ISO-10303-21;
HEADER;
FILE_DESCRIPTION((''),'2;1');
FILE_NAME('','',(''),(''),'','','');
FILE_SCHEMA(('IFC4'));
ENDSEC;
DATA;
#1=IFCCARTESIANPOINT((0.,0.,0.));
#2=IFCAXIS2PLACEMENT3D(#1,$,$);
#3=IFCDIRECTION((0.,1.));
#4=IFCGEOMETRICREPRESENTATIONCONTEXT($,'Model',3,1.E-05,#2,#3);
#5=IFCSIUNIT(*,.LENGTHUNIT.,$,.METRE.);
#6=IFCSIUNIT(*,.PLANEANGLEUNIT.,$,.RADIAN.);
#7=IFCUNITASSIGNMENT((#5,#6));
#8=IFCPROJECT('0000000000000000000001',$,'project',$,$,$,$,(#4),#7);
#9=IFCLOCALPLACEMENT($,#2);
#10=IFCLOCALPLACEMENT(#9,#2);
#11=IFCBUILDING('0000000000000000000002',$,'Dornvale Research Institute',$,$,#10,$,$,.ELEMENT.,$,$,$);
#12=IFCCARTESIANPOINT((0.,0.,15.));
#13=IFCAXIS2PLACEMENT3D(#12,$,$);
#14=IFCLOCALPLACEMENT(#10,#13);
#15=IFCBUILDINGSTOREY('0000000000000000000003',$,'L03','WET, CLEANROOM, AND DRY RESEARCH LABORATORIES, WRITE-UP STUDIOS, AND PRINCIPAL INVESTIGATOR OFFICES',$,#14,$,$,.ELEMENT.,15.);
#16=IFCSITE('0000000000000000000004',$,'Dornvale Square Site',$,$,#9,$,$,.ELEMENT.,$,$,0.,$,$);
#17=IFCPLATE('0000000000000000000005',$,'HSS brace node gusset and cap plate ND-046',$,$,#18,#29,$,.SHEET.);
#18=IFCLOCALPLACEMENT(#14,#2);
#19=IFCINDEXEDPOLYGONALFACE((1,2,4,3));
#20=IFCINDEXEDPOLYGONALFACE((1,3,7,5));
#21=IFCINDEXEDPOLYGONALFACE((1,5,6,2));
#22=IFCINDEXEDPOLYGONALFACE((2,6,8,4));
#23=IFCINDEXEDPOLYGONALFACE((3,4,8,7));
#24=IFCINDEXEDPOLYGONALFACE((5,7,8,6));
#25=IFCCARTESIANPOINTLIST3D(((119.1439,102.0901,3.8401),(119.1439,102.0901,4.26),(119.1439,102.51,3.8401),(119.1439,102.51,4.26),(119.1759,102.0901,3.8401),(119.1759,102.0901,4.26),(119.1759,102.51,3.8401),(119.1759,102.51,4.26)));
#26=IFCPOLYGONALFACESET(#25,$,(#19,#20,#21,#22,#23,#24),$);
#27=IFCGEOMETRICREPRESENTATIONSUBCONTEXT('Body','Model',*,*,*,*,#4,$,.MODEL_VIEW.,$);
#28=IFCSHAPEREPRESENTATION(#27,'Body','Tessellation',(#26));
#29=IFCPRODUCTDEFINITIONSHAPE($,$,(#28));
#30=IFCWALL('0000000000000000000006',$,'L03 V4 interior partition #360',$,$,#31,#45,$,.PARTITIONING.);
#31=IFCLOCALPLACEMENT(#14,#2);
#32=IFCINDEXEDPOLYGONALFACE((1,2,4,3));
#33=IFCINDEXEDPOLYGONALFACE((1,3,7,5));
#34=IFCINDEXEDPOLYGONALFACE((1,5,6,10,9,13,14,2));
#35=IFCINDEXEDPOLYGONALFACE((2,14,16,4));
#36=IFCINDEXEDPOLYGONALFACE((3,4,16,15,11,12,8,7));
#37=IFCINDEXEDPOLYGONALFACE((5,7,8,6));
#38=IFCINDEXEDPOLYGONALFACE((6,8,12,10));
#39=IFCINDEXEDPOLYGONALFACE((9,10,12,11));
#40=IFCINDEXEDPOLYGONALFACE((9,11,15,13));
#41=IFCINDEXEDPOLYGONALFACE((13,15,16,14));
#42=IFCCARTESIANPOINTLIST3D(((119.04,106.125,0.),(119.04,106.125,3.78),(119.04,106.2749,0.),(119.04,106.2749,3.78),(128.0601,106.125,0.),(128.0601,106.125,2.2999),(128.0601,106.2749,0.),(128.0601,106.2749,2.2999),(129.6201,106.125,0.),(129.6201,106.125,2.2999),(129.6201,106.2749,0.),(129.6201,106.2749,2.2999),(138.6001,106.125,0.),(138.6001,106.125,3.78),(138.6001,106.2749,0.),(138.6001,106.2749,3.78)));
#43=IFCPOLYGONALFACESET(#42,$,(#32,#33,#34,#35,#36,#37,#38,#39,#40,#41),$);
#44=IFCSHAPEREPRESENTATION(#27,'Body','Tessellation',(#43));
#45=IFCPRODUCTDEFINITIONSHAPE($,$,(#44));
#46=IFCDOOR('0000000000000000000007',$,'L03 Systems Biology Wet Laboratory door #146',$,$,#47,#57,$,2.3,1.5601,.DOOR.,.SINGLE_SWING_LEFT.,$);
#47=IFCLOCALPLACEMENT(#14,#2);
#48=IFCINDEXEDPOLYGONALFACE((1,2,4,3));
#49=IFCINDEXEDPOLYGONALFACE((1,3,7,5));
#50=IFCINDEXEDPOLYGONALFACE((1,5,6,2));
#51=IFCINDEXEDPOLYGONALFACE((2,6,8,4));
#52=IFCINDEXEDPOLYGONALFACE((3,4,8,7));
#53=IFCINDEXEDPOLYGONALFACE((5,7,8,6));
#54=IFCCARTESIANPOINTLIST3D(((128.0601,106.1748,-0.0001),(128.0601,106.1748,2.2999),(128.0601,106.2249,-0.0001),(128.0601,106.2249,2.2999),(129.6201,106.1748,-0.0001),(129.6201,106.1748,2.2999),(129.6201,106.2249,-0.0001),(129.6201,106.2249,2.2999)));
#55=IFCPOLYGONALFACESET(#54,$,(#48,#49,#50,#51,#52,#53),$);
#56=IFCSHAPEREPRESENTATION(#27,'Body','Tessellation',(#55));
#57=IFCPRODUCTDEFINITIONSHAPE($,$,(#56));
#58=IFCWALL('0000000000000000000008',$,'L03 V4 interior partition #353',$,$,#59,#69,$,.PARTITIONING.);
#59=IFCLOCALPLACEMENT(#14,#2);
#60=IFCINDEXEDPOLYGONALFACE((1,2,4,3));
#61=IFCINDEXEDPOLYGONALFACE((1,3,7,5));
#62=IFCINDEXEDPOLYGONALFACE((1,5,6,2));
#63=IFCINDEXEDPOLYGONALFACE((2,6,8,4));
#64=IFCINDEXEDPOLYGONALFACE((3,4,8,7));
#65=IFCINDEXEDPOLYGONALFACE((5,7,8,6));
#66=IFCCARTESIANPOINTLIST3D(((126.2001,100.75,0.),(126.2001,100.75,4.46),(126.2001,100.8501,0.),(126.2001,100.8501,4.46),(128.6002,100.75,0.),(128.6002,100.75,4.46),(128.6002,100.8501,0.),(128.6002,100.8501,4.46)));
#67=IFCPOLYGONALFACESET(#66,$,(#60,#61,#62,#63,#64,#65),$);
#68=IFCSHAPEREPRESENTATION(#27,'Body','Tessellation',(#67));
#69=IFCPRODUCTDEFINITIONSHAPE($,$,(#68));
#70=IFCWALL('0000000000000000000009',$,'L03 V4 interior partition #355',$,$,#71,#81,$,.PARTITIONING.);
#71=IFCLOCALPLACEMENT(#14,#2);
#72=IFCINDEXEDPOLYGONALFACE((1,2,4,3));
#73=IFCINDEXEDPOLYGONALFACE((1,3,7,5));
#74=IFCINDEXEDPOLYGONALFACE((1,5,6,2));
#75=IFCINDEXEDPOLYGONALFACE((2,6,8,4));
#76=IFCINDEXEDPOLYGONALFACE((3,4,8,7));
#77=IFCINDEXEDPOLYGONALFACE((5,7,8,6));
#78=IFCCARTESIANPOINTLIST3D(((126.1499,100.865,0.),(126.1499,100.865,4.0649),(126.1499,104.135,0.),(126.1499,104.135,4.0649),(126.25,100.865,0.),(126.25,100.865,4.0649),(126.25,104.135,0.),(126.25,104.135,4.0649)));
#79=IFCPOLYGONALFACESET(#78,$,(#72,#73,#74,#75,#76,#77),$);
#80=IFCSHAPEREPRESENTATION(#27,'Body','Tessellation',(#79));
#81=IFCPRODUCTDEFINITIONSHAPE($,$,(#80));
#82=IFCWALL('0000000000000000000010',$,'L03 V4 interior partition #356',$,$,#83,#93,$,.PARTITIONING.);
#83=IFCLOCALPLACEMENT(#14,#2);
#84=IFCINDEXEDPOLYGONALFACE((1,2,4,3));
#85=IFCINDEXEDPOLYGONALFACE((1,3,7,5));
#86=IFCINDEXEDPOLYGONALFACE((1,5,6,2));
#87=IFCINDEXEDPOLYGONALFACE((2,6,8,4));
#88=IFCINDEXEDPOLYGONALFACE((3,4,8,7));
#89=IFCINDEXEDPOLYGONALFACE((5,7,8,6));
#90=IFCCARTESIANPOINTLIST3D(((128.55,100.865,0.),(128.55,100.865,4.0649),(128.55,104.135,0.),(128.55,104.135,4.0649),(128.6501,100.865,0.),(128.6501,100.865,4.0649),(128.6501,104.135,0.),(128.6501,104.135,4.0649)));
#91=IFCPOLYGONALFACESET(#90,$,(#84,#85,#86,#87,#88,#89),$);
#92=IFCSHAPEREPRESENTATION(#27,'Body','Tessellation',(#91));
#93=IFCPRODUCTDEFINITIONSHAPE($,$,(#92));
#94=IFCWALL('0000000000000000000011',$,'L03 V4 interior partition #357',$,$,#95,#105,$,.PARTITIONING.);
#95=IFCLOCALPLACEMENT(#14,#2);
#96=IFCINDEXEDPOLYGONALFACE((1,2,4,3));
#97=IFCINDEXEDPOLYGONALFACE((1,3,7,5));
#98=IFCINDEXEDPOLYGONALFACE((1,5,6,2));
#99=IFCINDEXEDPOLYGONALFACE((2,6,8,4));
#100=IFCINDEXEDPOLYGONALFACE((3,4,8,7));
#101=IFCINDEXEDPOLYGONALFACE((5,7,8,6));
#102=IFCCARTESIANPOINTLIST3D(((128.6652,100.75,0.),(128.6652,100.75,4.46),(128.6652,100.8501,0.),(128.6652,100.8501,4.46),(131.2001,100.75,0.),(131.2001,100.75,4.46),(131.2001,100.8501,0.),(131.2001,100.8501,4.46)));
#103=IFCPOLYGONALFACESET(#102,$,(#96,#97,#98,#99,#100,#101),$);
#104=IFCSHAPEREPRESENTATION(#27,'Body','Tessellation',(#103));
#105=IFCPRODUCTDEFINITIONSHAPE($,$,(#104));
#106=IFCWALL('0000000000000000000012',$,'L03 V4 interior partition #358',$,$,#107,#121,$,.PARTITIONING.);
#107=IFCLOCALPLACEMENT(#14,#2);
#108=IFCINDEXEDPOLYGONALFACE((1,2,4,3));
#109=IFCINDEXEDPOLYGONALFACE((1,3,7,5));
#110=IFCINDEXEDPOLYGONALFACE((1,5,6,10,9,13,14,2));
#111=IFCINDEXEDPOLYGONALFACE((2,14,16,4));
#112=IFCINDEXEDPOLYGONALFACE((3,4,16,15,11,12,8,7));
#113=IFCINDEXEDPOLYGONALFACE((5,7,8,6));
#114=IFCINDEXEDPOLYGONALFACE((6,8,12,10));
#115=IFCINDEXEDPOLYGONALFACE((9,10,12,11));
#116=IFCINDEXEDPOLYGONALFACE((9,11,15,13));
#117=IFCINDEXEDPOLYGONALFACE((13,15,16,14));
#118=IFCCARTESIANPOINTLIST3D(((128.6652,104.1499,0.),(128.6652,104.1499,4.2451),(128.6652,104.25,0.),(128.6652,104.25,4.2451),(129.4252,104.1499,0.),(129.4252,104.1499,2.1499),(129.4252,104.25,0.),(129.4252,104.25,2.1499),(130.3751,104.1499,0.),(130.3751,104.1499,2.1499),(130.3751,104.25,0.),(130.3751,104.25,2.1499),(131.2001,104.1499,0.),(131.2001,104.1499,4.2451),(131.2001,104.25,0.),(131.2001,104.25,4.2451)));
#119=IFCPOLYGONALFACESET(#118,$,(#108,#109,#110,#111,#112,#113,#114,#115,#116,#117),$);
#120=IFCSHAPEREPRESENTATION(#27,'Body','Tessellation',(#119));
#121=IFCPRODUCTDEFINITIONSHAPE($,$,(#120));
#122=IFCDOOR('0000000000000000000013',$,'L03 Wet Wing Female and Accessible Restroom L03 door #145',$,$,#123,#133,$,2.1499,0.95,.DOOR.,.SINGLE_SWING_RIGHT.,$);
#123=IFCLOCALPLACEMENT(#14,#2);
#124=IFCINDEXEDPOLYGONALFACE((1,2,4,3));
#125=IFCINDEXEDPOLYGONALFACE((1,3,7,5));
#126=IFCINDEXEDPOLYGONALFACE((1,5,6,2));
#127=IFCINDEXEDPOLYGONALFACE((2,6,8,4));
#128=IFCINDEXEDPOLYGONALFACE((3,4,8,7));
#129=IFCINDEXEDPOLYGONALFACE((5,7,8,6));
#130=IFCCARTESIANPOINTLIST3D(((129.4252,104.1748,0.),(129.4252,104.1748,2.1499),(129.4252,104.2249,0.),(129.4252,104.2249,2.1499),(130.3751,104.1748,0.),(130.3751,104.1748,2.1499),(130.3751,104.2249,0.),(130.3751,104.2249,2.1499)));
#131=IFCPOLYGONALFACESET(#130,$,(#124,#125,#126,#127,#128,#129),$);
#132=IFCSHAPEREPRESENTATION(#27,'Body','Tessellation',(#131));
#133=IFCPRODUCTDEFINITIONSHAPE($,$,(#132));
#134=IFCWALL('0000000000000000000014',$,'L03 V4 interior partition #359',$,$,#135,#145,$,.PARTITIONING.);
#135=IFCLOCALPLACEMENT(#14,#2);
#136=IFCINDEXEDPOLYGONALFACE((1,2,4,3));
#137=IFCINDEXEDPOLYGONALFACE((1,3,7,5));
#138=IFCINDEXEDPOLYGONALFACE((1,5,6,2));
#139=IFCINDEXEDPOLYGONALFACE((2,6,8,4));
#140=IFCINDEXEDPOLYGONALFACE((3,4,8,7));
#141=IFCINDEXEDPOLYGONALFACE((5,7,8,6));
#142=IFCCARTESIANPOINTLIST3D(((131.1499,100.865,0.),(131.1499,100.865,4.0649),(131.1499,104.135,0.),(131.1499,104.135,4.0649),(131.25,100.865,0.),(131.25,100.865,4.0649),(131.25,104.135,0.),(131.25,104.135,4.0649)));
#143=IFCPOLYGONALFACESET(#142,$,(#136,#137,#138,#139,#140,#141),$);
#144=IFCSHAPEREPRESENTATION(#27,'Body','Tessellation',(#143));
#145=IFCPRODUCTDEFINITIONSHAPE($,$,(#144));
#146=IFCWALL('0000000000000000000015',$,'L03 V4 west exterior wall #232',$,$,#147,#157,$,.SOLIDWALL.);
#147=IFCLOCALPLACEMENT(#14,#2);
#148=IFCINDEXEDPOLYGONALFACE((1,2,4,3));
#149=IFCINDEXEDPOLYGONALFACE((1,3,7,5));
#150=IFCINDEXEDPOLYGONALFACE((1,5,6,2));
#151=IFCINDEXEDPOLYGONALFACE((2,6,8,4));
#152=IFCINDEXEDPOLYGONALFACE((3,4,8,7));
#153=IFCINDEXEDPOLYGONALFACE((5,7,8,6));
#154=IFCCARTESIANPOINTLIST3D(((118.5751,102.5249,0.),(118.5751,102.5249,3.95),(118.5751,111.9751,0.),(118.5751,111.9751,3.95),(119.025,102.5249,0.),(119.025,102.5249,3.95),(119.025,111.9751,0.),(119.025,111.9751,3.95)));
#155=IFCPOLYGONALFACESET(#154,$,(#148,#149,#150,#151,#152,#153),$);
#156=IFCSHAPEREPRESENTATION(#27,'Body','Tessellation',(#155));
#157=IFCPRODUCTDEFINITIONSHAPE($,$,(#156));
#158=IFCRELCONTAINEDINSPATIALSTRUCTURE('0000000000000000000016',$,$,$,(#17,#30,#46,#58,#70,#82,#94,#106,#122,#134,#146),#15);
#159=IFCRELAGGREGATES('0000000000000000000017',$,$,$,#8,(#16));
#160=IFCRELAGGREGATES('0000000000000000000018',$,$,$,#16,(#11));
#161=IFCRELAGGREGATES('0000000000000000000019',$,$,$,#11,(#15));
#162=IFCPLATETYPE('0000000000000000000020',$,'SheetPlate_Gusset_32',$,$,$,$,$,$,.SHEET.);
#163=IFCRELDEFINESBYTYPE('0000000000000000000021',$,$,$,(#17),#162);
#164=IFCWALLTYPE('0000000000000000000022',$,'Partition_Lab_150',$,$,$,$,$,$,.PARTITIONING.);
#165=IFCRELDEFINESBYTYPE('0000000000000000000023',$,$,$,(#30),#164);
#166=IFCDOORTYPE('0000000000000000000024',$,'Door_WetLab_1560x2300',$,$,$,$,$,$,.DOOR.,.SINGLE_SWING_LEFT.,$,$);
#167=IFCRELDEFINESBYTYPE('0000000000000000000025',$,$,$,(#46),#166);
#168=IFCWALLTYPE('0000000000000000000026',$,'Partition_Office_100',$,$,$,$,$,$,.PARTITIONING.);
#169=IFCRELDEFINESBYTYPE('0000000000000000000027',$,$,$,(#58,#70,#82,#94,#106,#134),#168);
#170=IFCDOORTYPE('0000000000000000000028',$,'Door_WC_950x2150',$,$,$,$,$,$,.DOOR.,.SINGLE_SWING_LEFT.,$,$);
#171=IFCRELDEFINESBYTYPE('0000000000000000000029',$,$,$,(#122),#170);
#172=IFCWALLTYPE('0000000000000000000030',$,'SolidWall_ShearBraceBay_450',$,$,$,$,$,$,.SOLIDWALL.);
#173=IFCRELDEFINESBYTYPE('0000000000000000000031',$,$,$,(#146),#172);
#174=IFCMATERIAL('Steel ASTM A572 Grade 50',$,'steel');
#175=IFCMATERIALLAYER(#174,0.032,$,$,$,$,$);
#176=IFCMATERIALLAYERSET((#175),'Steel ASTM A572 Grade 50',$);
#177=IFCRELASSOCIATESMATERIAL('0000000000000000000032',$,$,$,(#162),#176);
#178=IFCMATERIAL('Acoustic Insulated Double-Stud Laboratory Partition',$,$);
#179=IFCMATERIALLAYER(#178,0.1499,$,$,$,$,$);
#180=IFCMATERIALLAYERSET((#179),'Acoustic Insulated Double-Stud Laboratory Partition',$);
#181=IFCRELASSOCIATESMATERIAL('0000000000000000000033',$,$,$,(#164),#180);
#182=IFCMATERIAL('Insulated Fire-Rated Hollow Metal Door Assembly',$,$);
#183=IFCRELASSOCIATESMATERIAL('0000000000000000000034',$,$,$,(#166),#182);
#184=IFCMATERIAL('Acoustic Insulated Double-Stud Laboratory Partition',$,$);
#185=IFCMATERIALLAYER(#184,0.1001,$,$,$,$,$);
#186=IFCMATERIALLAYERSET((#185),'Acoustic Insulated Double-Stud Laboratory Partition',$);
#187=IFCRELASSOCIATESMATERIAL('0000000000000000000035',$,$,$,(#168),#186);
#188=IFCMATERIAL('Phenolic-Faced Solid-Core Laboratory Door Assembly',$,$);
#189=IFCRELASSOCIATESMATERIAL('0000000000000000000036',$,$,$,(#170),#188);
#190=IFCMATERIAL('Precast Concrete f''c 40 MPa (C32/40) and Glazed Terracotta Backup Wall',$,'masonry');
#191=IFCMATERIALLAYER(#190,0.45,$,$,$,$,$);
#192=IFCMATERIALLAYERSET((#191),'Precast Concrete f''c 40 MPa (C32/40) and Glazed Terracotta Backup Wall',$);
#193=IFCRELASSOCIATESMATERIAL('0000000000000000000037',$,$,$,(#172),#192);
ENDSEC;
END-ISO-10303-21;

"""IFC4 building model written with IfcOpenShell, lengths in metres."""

from ifc_helpers import new_model, si_unit, direction, frame, frame_2d, origin, origin_2d, place, context, subcontext, project, spatial, rectangle, extrude, material, layer, layer_set, type_object, element, fill, save


model = new_model("IFC4")

# Units and contexts
model_context = context("Model", 3, precision=1e-05, world=origin(), true_north=direction((0.0, 1.0)))
body_context = subcontext(model_context, "Body", "Model", "MODEL_VIEW")
ifc_project = project(units=[si_unit("LENGTHUNIT", "METRE"), si_unit("PLANEANGLEUNIT", "RADIAN")], contexts=[model_context])

# Site, building, storey
site_placement = place(None, origin())
site = spatial("IfcSite", under=ifc_project, at=site_placement, Name="Dornvale Square Site", CompositionType="ELEMENT", RefElevation=0.0)
building_placement = place(site_placement, origin())
building = spatial("IfcBuilding", under=site, at=building_placement, Name="Dornvale Research Institute", CompositionType="ELEMENT")
storey_placement = place(building_placement, frame((0.0, 0.0, 15.0)))
storey = spatial("IfcBuildingStorey", under=building, at=storey_placement, Name="L03", Description="WET, CLEANROOM, AND DRY RESEARCH LABORATORIES, WRITE-UP STUDIOS, AND PRINCIPAL INVESTIGATOR OFFICES", CompositionType="ELEMENT", Elevation=15.0)

# Plate
ifc_material_1 = material(Name="Steel ASTM A572 Grade 50", Category="steel")
ifc_layer_1 = layer(ifc_material_1, 0.032)
ifc_layer_set_1 = layer_set([ifc_layer_1], Name="Steel ASTM A572 Grade 50")
plate_type = type_object("IfcPlateType", Name="SheetPlate_Gusset_32", PredefinedType="SHEET", material=ifc_layer_set_1)
plate_placement = place(storey_placement, frame((119.1599, 102.3, 3.8401), z_axis=(0.0, 0.0, 1.0), x_axis=(0.0, 1.0, 0.0)))
element("IfcPlate", 1, at=plate_placement, inside=storey, type_object=plate_type, Name="HSS brace node gusset and cap plate ND-046", PredefinedType="SHEET", context=body_context, shape_type="SweptSolid", body=[
    extrude(rectangle(XDim=0.4199, YDim=0.032, at=origin_2d()), origin(), (0.0, 0.0, 1.0), 0.4199),
])

# Wall, opening, door
ifc_material_2 = material(Name="Acoustic Insulated Double-Stud Laboratory Partition")
ifc_layer_2 = layer(ifc_material_2, 0.1499)
ifc_layer_set_2 = layer_set([ifc_layer_2], Name="Acoustic Insulated Double-Stud Laboratory Partition")
wall_type_1 = type_object("IfcWallType", Name="Partition_Lab_150", PredefinedType="PARTITIONING", material=ifc_layer_set_2)
wall_1_placement = place(storey_placement, frame((119.04, 106.2, 0.0), z_axis=(0.0, 0.0, 1.0), x_axis=(1.0, 0.0, 0.0)))
wall_1 = element("IfcWall", 2, at=wall_1_placement, inside=storey, type_object=wall_type_1, Name="L03 V4 interior partition #360", PredefinedType="PARTITIONING", context=body_context, shape_type="SweptSolid", body=[
    extrude(rectangle(XDim=19.5601, YDim=0.1499, at=frame_2d((9.78, 0.0))), origin(), (0.0, 0.0, 1.0), 3.78),
])
opening_1_placement = place(wall_1_placement, frame((9.02, 0.0, 0.0)))
opening_1 = element("IfcOpeningElement", 3, at=opening_1_placement, cuts=wall_1, PredefinedType="OPENING", context=body_context, shape_type="SweptSolid", body=[
    extrude(rectangle(XDim=1.5601, YDim=2.3, at=frame_2d((0.78, 1.1499))), frame((0.0, 0.0898, 0.0), z_axis=(0.0, -1.0, 0.0), x_axis=(1.0, 0.0, 0.0)), (0.0, 0.0, 1.0), 0.1799),
])
ifc_material_3 = material(Name="Insulated Fire-Rated Hollow Metal Door Assembly")
door_type_1 = type_object("IfcDoorType", Name="Door_WetLab_1560x2300", OperationType="SINGLE_SWING_LEFT", PredefinedType="DOOR", material=ifc_material_3)
door_1_placement = place(opening_1_placement, origin())
door_1 = element("IfcDoor", 4, at=door_1_placement, inside=storey, type_object=door_type_1, Name="L03 Systems Biology Wet Laboratory door #146", OperationType="SINGLE_SWING_LEFT", OverallHeight=2.3, OverallWidth=1.5601, PredefinedType="DOOR", context=body_context, shape_type="SweptSolid", body=[
    extrude(rectangle(XDim=1.5601, YDim=2.3, at=frame_2d((0.78, 1.1499))), frame((0.0, 0.0249, 0.0), z_axis=(0.0, -1.0, 0.0), x_axis=(1.0, 0.0, 0.0)), (0.0, 0.0, 1.0), 0.05),
])
fill(opening_1, door_1)

# Wall
ifc_material_4 = material(Name="Acoustic Insulated Double-Stud Laboratory Partition")
ifc_layer_3 = layer(ifc_material_4, 0.1001)
ifc_layer_set_3 = layer_set([ifc_layer_3], Name="Acoustic Insulated Double-Stud Laboratory Partition")
wall_type_2 = type_object("IfcWallType", Name="Partition_Office_100", PredefinedType="PARTITIONING", material=ifc_layer_set_3)
wall_2_placement = place(storey_placement, frame((126.2, 100.8, 0.0), z_axis=(0.0, 0.0, 1.0), x_axis=(1.0, 0.0, 0.0)))
element("IfcWall", 5, at=wall_2_placement, inside=storey, type_object=wall_type_2, Name="L03 V4 interior partition #353", PredefinedType="PARTITIONING", context=body_context, shape_type="SweptSolid", body=[
    extrude(rectangle(XDim=2.4001, YDim=0.1001, at=frame_2d((1.2002, 0.0))), origin(), (0.0, 0.0, 1.0), 4.46),
])

# Walls
for number, where, z_axis, x_axis, name in (
    (6, (126.2, 100.865, 0.0), (0.0, 0.0, 1.0), (0.0, 1.0, 0.0), "L03 V4 interior partition #355"),
    (7, (128.6001, 100.865, 0.0), (0.0, 0.0, 1.0), (0.0, 1.0, 0.0), "L03 V4 interior partition #356"),
):
    element("IfcWall", number, at=place(storey_placement, frame(where, z_axis=z_axis, x_axis=x_axis)), inside=storey, type_object=wall_type_2, Name=name, PredefinedType="PARTITIONING", context=body_context, shape_type="SweptSolid", body=[
        extrude(rectangle(XDim=3.27, YDim=0.1001, at=frame_2d((1.635, 0.0))), origin(), (0.0, 0.0, 1.0), 4.0649),
    ])
wall_3_placement = place(storey_placement, frame((128.665, 100.8, 0.0), z_axis=(0.0, 0.0, 1.0), x_axis=(1.0, 0.0, 0.0)))
element("IfcWall", 8, at=wall_3_placement, inside=storey, type_object=wall_type_2, Name="L03 V4 interior partition #357", PredefinedType="PARTITIONING", context=body_context, shape_type="SweptSolid", body=[
    extrude(rectangle(XDim=2.5349, YDim=0.1001, at=frame_2d((1.2676, 0.0))), origin(), (0.0, 0.0, 1.0), 4.46),
])

# Wall, opening, door
wall_4_placement = place(storey_placement, frame((128.665, 104.2, 0.0), z_axis=(0.0, 0.0, 1.0), x_axis=(1.0, 0.0, 0.0)))
wall_4 = element("IfcWall", 9, at=wall_4_placement, inside=storey, type_object=wall_type_2, Name="L03 V4 interior partition #358", PredefinedType="PARTITIONING", context=body_context, shape_type="SweptSolid", body=[
    extrude(rectangle(XDim=2.5349, YDim=0.1001, at=frame_2d((1.2676, 0.0))), origin(), (0.0, 0.0, 1.0), 4.2451),
])
opening_2_placement = place(wall_4_placement, frame((0.76, 0.0, 0.0)))
opening_2 = element("IfcOpeningElement", 10, at=opening_2_placement, cuts=wall_4, PredefinedType="OPENING", context=body_context, shape_type="SweptSolid", body=[
    extrude(rectangle(XDim=0.95, YDim=2.1499, at=frame_2d((0.4751, 1.075))), frame((0.0, 0.0649, 0.0), z_axis=(0.0, -1.0, 0.0), x_axis=(1.0, 0.0, 0.0)), (0.0, 0.0, 1.0), 0.1301),
])
ifc_material_5 = material(Name="Phenolic-Faced Solid-Core Laboratory Door Assembly")
door_type_2 = type_object("IfcDoorType", Name="Door_WC_950x2150", OperationType="SINGLE_SWING_LEFT", PredefinedType="DOOR", material=ifc_material_5)
door_2_placement = place(opening_2_placement, origin())
door_2 = element("IfcDoor", 11, at=door_2_placement, inside=storey, type_object=door_type_2, Name="L03 Wet Wing Female and Accessible Restroom L03 door #145", OperationType="SINGLE_SWING_RIGHT", OverallHeight=2.1499, OverallWidth=0.95, PredefinedType="DOOR", context=body_context, shape_type="SweptSolid", body=[
    extrude(rectangle(XDim=0.95, YDim=2.1499, at=frame_2d((0.4751, 1.075))), frame((0.0, 0.0249, 0.0), z_axis=(0.0, -1.0, 0.0), x_axis=(1.0, 0.0, 0.0)), (0.0, 0.0, 1.0), 0.05),
])
fill(opening_2, door_2)

# Walls
wall_5_placement = place(storey_placement, frame((131.2, 100.865, 0.0), z_axis=(0.0, 0.0, 1.0), x_axis=(0.0, 1.0, 0.0)))
element("IfcWall", 12, at=wall_5_placement, inside=storey, type_object=wall_type_2, Name="L03 V4 interior partition #359", PredefinedType="PARTITIONING", context=body_context, shape_type="SweptSolid", body=[
    extrude(rectangle(XDim=3.27, YDim=0.1001, at=frame_2d((1.635, 0.0))), origin(), (0.0, 0.0, 1.0), 4.0649),
])
ifc_material_6 = material(Name="Precast Concrete f'c 40 MPa (C32/40) and Glazed Terracotta Backup Wall", Category="masonry")
ifc_layer_4 = layer(ifc_material_6, 0.45)
ifc_layer_set_4 = layer_set([ifc_layer_4], Name="Precast Concrete f'c 40 MPa (C32/40) and Glazed Terracotta Backup Wall")
wall_type_3 = type_object("IfcWallType", Name="SolidWall_ShearBraceBay_450", PredefinedType="SOLIDWALL", material=ifc_layer_set_4)
wall_6_placement = place(storey_placement, frame((118.8, 102.5249, 0.0), z_axis=(0.0, 0.0, 1.0), x_axis=(0.0, 1.0, 0.0)))
element("IfcWall", 13, at=wall_6_placement, inside=storey, type_object=wall_type_3, Name="L03 V4 west exterior wall #232", PredefinedType="SOLIDWALL", context=body_context, shape_type="SweptSolid", body=[
    extrude(rectangle(XDim=9.4502, YDim=0.45, at=frame_2d((4.7251, 0.0))), origin(), (0.0, 0.0, 1.0), 3.95),
])

save(model, "model.ifc")
